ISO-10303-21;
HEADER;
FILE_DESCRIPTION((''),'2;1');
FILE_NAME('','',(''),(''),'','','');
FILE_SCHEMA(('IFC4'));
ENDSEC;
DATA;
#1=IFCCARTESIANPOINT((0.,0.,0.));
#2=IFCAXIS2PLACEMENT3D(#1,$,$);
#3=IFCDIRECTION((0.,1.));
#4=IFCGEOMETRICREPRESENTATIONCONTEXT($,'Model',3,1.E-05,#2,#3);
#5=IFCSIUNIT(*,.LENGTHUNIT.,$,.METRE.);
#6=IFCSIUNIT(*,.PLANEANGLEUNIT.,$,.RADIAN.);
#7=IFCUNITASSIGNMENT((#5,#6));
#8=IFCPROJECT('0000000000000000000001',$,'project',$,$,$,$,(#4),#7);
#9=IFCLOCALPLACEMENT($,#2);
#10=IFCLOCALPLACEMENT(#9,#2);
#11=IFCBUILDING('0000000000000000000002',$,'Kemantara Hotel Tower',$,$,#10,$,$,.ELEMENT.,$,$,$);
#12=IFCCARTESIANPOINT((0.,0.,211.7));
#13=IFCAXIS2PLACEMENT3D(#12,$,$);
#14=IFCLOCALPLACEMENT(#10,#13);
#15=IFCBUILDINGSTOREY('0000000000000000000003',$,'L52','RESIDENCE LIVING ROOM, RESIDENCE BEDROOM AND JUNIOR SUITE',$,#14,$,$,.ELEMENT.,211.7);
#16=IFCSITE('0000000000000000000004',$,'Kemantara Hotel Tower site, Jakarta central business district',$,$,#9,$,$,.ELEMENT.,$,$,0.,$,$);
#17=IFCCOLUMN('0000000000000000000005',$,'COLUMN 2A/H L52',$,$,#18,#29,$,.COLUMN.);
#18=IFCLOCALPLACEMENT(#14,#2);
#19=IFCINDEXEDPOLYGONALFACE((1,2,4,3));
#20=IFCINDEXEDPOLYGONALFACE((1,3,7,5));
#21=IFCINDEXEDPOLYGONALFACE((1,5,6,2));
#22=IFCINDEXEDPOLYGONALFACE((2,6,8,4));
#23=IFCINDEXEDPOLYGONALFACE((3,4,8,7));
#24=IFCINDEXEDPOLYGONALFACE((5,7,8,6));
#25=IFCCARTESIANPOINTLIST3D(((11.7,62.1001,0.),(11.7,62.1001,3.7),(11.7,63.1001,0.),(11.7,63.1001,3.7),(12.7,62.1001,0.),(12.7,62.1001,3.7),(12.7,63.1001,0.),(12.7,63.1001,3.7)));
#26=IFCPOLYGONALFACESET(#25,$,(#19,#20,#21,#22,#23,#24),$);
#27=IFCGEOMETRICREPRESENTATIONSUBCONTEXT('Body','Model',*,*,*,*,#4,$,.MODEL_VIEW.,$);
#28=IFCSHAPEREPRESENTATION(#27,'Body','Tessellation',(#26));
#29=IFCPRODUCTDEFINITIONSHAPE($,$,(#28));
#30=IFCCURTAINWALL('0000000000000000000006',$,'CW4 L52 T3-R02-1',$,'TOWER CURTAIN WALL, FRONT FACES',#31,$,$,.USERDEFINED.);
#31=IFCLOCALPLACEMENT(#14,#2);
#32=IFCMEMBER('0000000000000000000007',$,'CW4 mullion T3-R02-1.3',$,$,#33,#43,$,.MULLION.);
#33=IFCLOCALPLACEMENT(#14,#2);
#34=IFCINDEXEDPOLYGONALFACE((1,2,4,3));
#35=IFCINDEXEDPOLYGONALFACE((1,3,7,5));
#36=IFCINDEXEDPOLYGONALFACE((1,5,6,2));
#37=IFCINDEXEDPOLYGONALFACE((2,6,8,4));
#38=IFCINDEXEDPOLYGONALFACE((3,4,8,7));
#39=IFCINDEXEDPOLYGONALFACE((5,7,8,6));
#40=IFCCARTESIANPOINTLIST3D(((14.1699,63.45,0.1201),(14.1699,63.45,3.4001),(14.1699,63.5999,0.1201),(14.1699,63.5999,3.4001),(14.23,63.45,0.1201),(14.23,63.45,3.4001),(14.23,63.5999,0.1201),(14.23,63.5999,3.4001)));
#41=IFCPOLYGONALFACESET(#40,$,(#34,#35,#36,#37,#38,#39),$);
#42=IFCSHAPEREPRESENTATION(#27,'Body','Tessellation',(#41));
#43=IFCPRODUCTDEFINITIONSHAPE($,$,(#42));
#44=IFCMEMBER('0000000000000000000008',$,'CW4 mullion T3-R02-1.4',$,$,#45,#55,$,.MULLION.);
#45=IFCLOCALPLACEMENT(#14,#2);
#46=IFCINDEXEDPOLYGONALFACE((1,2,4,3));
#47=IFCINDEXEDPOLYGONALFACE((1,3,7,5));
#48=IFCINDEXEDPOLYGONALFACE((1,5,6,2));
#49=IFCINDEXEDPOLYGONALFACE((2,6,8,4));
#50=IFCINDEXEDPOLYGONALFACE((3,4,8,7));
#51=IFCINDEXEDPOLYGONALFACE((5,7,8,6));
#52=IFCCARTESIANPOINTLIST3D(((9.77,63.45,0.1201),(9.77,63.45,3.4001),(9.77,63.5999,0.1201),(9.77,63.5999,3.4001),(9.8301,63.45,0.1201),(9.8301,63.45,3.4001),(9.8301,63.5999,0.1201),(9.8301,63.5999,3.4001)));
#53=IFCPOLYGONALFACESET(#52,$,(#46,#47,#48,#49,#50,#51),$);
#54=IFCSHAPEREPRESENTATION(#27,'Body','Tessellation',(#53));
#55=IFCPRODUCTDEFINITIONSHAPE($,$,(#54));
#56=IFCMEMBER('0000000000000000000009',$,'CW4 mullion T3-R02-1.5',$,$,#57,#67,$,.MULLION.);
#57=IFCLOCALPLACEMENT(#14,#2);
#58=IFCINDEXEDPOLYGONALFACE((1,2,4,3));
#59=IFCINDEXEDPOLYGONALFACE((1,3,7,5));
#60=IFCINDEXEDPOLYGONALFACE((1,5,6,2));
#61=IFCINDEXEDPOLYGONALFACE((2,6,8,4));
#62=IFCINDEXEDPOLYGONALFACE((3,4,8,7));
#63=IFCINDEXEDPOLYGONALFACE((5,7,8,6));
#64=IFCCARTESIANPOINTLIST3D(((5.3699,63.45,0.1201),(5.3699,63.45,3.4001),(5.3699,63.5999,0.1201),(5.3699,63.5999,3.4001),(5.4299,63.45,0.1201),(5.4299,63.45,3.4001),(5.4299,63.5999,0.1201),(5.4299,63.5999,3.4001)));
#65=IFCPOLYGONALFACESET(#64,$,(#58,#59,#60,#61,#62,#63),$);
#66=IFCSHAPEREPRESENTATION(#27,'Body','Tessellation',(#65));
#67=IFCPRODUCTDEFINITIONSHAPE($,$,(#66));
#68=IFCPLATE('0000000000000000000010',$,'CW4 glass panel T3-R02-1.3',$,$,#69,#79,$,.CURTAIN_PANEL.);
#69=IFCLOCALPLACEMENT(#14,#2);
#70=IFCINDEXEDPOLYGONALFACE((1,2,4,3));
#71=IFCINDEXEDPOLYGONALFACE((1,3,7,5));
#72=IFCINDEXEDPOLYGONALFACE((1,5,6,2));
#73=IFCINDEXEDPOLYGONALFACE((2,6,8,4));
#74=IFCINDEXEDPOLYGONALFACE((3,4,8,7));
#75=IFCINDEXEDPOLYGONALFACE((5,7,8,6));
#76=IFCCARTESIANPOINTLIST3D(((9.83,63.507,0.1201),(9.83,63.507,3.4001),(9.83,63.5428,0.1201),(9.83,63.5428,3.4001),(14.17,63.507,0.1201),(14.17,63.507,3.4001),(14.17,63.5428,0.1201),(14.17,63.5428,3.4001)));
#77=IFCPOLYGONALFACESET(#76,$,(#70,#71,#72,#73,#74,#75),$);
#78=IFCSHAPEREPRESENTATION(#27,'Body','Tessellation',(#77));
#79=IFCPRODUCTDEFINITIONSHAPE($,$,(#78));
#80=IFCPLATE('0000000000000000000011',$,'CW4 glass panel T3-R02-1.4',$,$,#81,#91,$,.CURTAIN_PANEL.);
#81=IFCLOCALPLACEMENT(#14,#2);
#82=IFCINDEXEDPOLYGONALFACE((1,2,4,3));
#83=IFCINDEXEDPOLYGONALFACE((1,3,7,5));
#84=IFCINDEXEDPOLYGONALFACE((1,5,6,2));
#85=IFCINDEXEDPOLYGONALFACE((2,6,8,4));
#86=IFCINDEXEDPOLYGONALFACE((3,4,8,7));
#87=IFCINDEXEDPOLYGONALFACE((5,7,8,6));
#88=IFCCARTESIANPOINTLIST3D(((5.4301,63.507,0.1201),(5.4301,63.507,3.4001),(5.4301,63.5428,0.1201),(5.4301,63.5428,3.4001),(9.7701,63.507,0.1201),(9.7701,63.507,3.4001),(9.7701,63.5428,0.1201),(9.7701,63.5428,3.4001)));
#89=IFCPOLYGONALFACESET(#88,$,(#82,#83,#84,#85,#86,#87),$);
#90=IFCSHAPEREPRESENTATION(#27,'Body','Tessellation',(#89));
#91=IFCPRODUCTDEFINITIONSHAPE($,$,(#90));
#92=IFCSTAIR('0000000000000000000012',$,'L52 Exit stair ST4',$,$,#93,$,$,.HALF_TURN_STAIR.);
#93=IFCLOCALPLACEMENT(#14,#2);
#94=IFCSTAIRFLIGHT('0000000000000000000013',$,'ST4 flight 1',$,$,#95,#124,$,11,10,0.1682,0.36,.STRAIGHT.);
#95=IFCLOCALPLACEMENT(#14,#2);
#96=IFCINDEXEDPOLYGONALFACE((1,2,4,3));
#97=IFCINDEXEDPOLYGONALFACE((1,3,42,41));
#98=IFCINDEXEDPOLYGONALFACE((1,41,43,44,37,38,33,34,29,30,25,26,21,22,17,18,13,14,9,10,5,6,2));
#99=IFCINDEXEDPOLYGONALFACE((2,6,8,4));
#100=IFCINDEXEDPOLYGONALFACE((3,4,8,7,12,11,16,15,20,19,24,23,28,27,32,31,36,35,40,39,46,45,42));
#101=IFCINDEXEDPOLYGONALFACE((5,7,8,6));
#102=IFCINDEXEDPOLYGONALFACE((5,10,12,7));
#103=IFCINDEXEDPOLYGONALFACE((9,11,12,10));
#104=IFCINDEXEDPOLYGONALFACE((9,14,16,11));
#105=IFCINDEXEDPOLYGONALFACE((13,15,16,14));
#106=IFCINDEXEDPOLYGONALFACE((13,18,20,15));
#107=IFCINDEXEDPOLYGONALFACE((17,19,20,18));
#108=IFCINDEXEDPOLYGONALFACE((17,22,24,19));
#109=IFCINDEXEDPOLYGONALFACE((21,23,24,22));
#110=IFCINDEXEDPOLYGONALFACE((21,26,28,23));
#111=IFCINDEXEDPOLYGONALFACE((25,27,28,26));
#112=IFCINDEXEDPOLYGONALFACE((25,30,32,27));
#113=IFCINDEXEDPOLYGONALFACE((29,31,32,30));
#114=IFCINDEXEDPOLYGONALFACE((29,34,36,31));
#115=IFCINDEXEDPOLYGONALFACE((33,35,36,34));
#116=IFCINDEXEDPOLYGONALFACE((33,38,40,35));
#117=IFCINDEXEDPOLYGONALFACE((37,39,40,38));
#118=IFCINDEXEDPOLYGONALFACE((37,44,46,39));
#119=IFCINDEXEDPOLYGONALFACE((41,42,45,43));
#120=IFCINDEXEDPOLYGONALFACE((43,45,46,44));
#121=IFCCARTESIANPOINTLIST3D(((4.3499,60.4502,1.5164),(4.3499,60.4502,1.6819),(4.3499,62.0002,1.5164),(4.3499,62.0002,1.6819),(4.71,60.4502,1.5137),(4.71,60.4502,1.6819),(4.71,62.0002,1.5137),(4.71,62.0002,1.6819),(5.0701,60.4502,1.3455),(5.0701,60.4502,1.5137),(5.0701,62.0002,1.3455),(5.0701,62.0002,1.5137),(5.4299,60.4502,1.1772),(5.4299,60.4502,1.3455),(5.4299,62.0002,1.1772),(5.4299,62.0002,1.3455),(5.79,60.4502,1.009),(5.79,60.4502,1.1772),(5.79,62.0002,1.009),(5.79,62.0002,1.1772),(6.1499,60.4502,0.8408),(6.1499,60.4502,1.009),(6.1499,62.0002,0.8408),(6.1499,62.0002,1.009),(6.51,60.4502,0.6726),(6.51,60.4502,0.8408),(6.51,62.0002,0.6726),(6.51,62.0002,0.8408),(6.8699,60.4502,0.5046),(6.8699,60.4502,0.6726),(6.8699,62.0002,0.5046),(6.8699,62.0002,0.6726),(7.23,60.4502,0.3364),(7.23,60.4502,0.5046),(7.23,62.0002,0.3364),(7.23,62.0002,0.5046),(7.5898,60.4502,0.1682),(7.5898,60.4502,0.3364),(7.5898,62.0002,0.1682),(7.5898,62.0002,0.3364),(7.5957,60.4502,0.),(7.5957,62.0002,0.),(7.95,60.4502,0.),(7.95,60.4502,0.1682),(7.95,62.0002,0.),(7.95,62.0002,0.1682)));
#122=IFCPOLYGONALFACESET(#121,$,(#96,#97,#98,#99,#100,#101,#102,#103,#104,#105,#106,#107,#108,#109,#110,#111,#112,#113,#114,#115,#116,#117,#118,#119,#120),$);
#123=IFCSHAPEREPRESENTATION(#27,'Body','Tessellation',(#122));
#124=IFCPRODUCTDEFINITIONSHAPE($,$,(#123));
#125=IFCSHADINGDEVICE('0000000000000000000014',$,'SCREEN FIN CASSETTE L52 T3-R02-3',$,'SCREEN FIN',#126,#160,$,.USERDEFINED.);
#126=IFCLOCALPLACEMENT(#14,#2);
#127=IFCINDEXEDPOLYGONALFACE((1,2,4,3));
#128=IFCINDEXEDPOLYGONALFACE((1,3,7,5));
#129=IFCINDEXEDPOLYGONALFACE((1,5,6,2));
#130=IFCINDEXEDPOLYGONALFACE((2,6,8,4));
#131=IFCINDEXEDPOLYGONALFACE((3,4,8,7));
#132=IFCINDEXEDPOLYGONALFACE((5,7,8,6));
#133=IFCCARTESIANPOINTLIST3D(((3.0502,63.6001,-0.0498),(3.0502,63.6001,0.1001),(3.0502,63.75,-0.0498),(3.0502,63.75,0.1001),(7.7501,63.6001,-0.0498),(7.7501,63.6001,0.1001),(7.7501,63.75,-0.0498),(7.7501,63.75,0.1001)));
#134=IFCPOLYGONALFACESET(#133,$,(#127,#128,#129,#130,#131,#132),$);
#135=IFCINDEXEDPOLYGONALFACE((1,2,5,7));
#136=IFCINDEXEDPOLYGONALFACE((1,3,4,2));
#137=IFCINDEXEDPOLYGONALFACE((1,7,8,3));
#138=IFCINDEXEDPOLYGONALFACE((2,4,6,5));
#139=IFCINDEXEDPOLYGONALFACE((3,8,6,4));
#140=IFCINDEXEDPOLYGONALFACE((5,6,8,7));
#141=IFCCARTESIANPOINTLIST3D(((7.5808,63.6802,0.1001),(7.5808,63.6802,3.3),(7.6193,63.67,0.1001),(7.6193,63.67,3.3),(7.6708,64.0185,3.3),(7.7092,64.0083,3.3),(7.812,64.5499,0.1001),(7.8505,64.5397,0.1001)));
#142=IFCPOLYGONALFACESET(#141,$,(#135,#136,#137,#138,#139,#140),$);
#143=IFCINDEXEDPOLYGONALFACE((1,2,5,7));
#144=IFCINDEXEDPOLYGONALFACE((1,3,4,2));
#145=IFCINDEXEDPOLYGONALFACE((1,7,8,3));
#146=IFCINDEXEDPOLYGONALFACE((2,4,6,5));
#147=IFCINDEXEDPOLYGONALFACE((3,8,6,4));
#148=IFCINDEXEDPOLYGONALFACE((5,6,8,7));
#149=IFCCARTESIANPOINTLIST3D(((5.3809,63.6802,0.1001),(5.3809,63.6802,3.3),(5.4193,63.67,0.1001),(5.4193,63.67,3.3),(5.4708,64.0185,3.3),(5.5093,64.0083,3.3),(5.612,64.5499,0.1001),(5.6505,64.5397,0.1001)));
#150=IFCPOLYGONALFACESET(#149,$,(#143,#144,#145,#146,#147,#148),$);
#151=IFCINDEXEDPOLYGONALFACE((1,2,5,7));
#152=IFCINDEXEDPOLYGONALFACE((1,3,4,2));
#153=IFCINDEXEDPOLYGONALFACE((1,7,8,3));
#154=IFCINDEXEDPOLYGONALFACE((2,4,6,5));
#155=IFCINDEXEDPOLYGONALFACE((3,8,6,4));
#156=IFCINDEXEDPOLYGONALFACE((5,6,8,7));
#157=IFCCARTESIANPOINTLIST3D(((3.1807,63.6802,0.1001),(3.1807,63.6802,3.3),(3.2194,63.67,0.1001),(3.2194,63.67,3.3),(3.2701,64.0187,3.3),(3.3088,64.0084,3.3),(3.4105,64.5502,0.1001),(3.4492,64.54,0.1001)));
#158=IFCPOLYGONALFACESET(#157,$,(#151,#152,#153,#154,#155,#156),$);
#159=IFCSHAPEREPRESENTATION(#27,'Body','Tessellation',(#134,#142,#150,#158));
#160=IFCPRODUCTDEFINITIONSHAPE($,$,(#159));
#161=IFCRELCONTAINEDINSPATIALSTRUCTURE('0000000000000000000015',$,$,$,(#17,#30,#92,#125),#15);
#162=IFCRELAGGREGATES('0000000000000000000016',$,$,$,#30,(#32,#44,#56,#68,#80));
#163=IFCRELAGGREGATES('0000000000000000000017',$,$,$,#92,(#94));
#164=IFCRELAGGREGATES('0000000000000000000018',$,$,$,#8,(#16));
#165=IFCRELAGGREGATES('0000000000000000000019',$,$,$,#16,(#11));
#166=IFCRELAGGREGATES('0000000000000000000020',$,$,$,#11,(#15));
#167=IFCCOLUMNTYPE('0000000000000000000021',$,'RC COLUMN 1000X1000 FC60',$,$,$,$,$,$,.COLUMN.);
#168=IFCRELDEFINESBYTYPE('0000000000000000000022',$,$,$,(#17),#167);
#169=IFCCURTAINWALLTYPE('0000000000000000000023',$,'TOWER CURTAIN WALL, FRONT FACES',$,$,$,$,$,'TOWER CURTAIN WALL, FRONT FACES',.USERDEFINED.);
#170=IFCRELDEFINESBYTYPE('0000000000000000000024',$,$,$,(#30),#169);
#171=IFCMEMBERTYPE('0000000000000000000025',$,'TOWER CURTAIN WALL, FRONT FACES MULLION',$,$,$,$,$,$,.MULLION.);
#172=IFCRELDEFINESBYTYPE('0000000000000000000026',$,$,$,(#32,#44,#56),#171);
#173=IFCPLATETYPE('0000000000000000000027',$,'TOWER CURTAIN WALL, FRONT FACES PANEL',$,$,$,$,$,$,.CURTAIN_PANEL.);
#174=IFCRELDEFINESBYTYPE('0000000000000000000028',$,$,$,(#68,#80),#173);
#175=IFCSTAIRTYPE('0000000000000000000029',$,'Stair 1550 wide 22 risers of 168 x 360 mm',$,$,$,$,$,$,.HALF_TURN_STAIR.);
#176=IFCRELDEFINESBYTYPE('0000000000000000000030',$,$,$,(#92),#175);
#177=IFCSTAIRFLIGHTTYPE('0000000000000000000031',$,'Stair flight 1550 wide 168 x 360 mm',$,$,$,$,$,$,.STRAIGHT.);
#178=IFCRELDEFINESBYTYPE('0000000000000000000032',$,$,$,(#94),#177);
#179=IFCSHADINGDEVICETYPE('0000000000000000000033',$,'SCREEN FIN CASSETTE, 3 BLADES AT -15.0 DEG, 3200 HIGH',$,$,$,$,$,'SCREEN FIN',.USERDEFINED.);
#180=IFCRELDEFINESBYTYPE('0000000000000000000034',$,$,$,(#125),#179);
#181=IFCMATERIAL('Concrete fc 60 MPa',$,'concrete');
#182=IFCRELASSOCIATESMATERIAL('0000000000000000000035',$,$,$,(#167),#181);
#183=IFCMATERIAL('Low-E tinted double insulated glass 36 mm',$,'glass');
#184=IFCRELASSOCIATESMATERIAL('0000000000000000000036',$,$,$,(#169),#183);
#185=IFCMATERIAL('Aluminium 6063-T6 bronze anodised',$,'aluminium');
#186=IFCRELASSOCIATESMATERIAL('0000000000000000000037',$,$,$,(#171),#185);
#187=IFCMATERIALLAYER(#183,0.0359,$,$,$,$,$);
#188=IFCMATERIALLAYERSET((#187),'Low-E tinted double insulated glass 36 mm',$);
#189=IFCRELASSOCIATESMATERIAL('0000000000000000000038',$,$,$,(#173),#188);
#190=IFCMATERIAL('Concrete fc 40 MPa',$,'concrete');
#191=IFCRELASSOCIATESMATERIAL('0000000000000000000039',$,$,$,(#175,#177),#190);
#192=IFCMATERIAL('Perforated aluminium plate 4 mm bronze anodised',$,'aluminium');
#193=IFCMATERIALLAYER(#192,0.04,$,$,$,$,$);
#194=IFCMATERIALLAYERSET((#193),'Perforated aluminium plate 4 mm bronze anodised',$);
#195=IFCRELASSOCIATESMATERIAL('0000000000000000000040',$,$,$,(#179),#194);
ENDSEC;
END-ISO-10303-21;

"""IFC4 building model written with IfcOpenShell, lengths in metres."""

from ifc_helpers import new_model, si_unit, direction, frame, origin, origin_2d, place, context, subcontext, project, spatial, polyline, rectangle, outline, extrude, source, transform, mapped, material, layer, layer_set, material_profile, profile_set, type_object, element, aggregate, save


model = new_model("IFC4")

# Units and contexts
model_context = context("Model", 3, precision=1e-05, world=origin(), true_north=direction((0.0, 1.0)))
body_context = subcontext(model_context, "Body", "Model", "MODEL_VIEW")
ifc_project = project(units=[si_unit("LENGTHUNIT", "METRE"), si_unit("PLANEANGLEUNIT", "RADIAN")], contexts=[model_context])

# Site, building, storey
site_placement = place(None, origin())
site = spatial("IfcSite", under=ifc_project, at=site_placement, Name="Kemantara Hotel Tower site, Jakarta central business district", CompositionType="ELEMENT", RefElevation=0.0)
building_placement = place(site_placement, origin())
building = spatial("IfcBuilding", under=site, at=building_placement, Name="Kemantara Hotel Tower", CompositionType="ELEMENT")
storey_placement = place(building_placement, frame((0.0, 0.0, 211.7)))
storey = spatial("IfcBuildingStorey", under=building, at=storey_placement, Name="L52", Description="RESIDENCE LIVING ROOM, RESIDENCE BEDROOM AND JUNIOR SUITE", CompositionType="ELEMENT", Elevation=211.7)

# Column
ifc_material_1 = material(Name="Concrete fc 60 MPa", Category="concrete")
ifc_material_profile_1 = material_profile(ifc_material_1, rectangle(XDim=1.0, YDim=1.0, at=origin_2d()), Name="RC 1000X1000")
ifc_profile_set_1 = profile_set([ifc_material_profile_1], Name="Concrete fc 60 MPa")
column_type = type_object("IfcColumnType", Name="RC COLUMN 1000X1000 FC60", PredefinedType="COLUMN", material=ifc_profile_set_1)
column_placement = place(storey_placement, frame((12.2, 62.6001, 0.0), z_axis=(0.0, 0.0, 1.0), x_axis=(1.0, 0.0, 0.0)))
element("IfcColumn", 1, at=column_placement, inside=storey, type_object=column_type, Name="COLUMN 2A/H L52", PredefinedType="COLUMN", context=body_context, shape_type="SweptSolid", body=[
    extrude(rectangle(XDim=1.0, YDim=1.0, at=origin_2d()), origin(), (0.0, 0.0, 1.0), 3.7),
])

# Curtain wall, members, plates
ifc_material_2 = material(Name="Low-E tinted double insulated glass 36 mm", Category="glass")
curtain_wall_type = type_object("IfcCurtainWallType", Name="TOWER CURTAIN WALL, FRONT FACES", ElementType="TOWER CURTAIN WALL, FRONT FACES", PredefinedType="USERDEFINED", material=ifc_material_2)
curtain_wall_placement = place(storey_placement, origin())
curtain_wall = element("IfcCurtainWall", 2, at=curtain_wall_placement, inside=storey, type_object=curtain_wall_type, Name="CW4 L52 T3-R02-1", ObjectType="TOWER CURTAIN WALL, FRONT FACES", PredefinedType="USERDEFINED")
ifc_material_3 = material(Name="Aluminium 6063-T6 bronze anodised", Category="aluminium")
ifc_material_profile_2 = material_profile(ifc_material_3, rectangle(XDim=0.1499, YDim=0.0601, at=origin_2d()), Name="TOWER CURTAIN WALL, FRONT FACES MULLION")
ifc_profile_set_2 = profile_set([ifc_material_profile_2], Name="Aluminium 6063-T6 bronze anodised")
member_type = type_object("IfcMemberType", Name="TOWER CURTAIN WALL, FRONT FACES MULLION", PredefinedType="MULLION", material=ifc_profile_set_2)
shared_shape_1 = source(origin(), body_context, "Body", "SweptSolid", [
    extrude(rectangle(XDim=0.1499, YDim=0.0601, at=origin_2d()), origin(), (0.0, 0.0, 1.0), 3.28),
])
member_1_placement = place(storey_placement, frame((14.2, 63.5249, 0.1201), z_axis=(0.0, 0.0, 1.0), x_axis=(0.0, -1.0, 0.0)))
member_1 = element("IfcMember", 3, at=member_1_placement, type_object=member_type, Name="CW4 mullion T3-R02-1.3", PredefinedType="MULLION", context=body_context, shape_type="MappedRepresentation", body=[
    mapped(shared_shape_1, transform((0.0, 0.0, 0.0))),
])
member_2_placement = place(storey_placement, frame((9.8, 63.5249, 0.1201), z_axis=(0.0, 0.0, 1.0), x_axis=(0.0, -1.0, 0.0)))
member_2 = element("IfcMember", 4, at=member_2_placement, type_object=member_type, Name="CW4 mullion T3-R02-1.4", PredefinedType="MULLION", context=body_context, shape_type="MappedRepresentation", body=[
    mapped(shared_shape_1, transform((0.0, 0.0, 0.0))),
])
member_3_placement = place(storey_placement, frame((5.3999, 63.5249, 0.1201), z_axis=(0.0, 0.0, 1.0), x_axis=(0.0, -1.0, 0.0)))
member_3 = element("IfcMember", 5, at=member_3_placement, type_object=member_type, Name="CW4 mullion T3-R02-1.5", PredefinedType="MULLION", context=body_context, shape_type="MappedRepresentation", body=[
    mapped(shared_shape_1, transform((0.0, 0.0, 0.0))),
])
ifc_layer_1 = layer(ifc_material_2, 0.0359)
ifc_layer_set_1 = layer_set([ifc_layer_1], Name="Low-E tinted double insulated glass 36 mm")
plate_type = type_object("IfcPlateType", Name="TOWER CURTAIN WALL, FRONT FACES PANEL", PredefinedType="CURTAIN_PANEL", material=ifc_layer_set_1)
shared_shape_2 = source(origin(), body_context, "Body", "SweptSolid", [
    extrude(rectangle(XDim=4.3401, YDim=0.0359, at=origin_2d()), origin(), (0.0, 0.0, 1.0), 3.28),
])
plate_1_placement = place(storey_placement, frame((12.0, 63.5249, 0.1201), z_axis=(0.0, 0.0, 1.0), x_axis=(-1.0, 0.0, 0.0)))
plate_1 = element("IfcPlate", 6, at=plate_1_placement, type_object=plate_type, Name="CW4 glass panel T3-R02-1.3", PredefinedType="CURTAIN_PANEL", context=body_context, shape_type="MappedRepresentation", body=[
    mapped(shared_shape_2, transform((0.0, 0.0, 0.0))),
])
plate_2_placement = place(storey_placement, frame((7.6001, 63.5249, 0.1201), z_axis=(0.0, 0.0, 1.0), x_axis=(-1.0, 0.0, 0.0)))
plate_2 = element("IfcPlate", 7, at=plate_2_placement, type_object=plate_type, Name="CW4 glass panel T3-R02-1.4", PredefinedType="CURTAIN_PANEL", context=body_context, shape_type="MappedRepresentation", body=[
    mapped(shared_shape_2, transform((0.0, 0.0, 0.0))),
])
aggregate(curtain_wall, [member_1, member_2, member_3, plate_1, plate_2])

# Stair, stair flight
ifc_material_4 = material(Name="Concrete fc 40 MPa", Category="concrete")
stair_type = type_object("IfcStairType", Name="Stair 1550 wide 22 risers of 168 x 360 mm", PredefinedType="HALF_TURN_STAIR", material=ifc_material_4)
stair_placement = place(storey_placement, origin())
stair = element("IfcStair", 8, at=stair_placement, inside=storey, type_object=stair_type, Name="L52 Exit stair ST4", PredefinedType="HALF_TURN_STAIR")
stair_flight_type = type_object("IfcStairFlightType", Name="Stair flight 1550 wide 168 x 360 mm", PredefinedType="STRAIGHT", material=ifc_material_4)
stair_flight_placement = place(storey_placement, frame((7.95, 61.2251, 0.0), z_axis=(0.0, 0.0, 1.0), x_axis=(-1.0, 0.0, 0.0)))
stair_flight = element("IfcStairFlight", 9, at=stair_flight_placement, type_object=stair_flight_type, Name="ST4 flight 1", NumberOfRisers=11, NumberOfTreads=10, PredefinedType="STRAIGHT", RiserHeight=0.1682, TreadLength=0.36, context=body_context, shape_type="SweptSolid", body=[
    extrude(outline(polyline([(0.0, 0.0), (0.0, 0.1682), (0.3601, 0.1682), (0.3601, 0.3364), (0.72, 0.3364), (0.72, 0.5046), (1.0801, 0.5046), (1.0801, 0.6726), (1.4399, 0.6726), (1.4399, 0.8408), (1.8, 0.8408), (1.8, 1.009), (2.1599, 1.009), (2.1599, 1.1772), (2.52, 1.1772), (2.52, 1.3455), (2.8799, 1.3455), (2.8799, 1.5137), (3.24, 1.5137), (3.24, 1.6819), (3.6001, 1.6819), (3.6001, 1.8501), (3.6001, 1.5164), (0.3542, 0.0), (0.0, 0.0)])), frame((0.0, 0.7749, 0.0), z_axis=(0.0, -1.0, 0.0), x_axis=(1.0, 0.0, 0.0)), (0.0, 0.0, 1.0), 1.55),
])
aggregate(stair, [stair_flight])

# Shading device
ifc_material_5 = material(Name="Perforated aluminium plate 4 mm bronze anodised", Category="aluminium")
ifc_layer_2 = layer(ifc_material_5, 0.04)
ifc_layer_set_2 = layer_set([ifc_layer_2], Name="Perforated aluminium plate 4 mm bronze anodised")
shading_device_type = type_object("IfcShadingDeviceType", Name="SCREEN FIN CASSETTE, 3 BLADES AT -15.0 DEG, 3200 HIGH", ElementType="SCREEN FIN", PredefinedType="USERDEFINED", material=ifc_layer_set_2)
shared_shape_3 = source(origin(), body_context, "Body", "SweptSolid", [
    extrude(rectangle(XDim=4.7, YDim=0.1499, at=origin_2d()), frame((2.2, -0.075, -0.1499), z_axis=(0.0, 0.0, 1.0), x_axis=(1.0, 0.0, 0.0)), (0.0, 0.0, 1.0), 0.1499),
    extrude(outline(polyline([(0.0, 0.0), (0.8999, 0.0), (0.3501, 3.2), (0.0, 3.2), (0.0, 0.0)])), frame((0.0193, -0.0801, 0.0), z_axis=(-0.966438, 0.256901, 0.0), x_axis=(-0.256901, -0.966438, 0.0)), (0.0, 0.0, 1.0), 0.0398),
    extrude(outline(polyline([(0.0, 0.0), (0.8999, 0.0), (0.3501, 3.2), (0.0, 3.2), (0.0, 0.0)])), frame((2.2192, -0.0801, 0.0), z_axis=(-0.966438, 0.256901, 0.0), x_axis=(-0.256901, -0.966438, 0.0)), (0.0, 0.0, 1.0), 0.0398),
    extrude(outline(polyline([(0.0, 0.0), (0.8999, 0.0), (0.3501, 3.2), (0.0, 3.2), (0.0, 0.0)])), frame((4.4194, -0.0801, 0.0), z_axis=(-0.966838, 0.255391, 0.0), x_axis=(-0.255391, -0.966838, 0.0)), (0.0, 0.0, 1.0), 0.04),
])
shading_device_placement = place(storey_placement, frame((7.6001, 63.6001, 0.1001), z_axis=(0.0, 0.0, 1.0), x_axis=(-1.0, 0.0, 0.0)))
element("IfcShadingDevice", 10, at=shading_device_placement, inside=storey, type_object=shading_device_type, Name="SCREEN FIN CASSETTE L52 T3-R02-3", ObjectType="SCREEN FIN", PredefinedType="USERDEFINED", context=body_context, shape_type="MappedRepresentation", body=[
    mapped(shared_shape_3, transform((0.0, 0.0, 0.0))),
])

save(model, "model.ifc")
